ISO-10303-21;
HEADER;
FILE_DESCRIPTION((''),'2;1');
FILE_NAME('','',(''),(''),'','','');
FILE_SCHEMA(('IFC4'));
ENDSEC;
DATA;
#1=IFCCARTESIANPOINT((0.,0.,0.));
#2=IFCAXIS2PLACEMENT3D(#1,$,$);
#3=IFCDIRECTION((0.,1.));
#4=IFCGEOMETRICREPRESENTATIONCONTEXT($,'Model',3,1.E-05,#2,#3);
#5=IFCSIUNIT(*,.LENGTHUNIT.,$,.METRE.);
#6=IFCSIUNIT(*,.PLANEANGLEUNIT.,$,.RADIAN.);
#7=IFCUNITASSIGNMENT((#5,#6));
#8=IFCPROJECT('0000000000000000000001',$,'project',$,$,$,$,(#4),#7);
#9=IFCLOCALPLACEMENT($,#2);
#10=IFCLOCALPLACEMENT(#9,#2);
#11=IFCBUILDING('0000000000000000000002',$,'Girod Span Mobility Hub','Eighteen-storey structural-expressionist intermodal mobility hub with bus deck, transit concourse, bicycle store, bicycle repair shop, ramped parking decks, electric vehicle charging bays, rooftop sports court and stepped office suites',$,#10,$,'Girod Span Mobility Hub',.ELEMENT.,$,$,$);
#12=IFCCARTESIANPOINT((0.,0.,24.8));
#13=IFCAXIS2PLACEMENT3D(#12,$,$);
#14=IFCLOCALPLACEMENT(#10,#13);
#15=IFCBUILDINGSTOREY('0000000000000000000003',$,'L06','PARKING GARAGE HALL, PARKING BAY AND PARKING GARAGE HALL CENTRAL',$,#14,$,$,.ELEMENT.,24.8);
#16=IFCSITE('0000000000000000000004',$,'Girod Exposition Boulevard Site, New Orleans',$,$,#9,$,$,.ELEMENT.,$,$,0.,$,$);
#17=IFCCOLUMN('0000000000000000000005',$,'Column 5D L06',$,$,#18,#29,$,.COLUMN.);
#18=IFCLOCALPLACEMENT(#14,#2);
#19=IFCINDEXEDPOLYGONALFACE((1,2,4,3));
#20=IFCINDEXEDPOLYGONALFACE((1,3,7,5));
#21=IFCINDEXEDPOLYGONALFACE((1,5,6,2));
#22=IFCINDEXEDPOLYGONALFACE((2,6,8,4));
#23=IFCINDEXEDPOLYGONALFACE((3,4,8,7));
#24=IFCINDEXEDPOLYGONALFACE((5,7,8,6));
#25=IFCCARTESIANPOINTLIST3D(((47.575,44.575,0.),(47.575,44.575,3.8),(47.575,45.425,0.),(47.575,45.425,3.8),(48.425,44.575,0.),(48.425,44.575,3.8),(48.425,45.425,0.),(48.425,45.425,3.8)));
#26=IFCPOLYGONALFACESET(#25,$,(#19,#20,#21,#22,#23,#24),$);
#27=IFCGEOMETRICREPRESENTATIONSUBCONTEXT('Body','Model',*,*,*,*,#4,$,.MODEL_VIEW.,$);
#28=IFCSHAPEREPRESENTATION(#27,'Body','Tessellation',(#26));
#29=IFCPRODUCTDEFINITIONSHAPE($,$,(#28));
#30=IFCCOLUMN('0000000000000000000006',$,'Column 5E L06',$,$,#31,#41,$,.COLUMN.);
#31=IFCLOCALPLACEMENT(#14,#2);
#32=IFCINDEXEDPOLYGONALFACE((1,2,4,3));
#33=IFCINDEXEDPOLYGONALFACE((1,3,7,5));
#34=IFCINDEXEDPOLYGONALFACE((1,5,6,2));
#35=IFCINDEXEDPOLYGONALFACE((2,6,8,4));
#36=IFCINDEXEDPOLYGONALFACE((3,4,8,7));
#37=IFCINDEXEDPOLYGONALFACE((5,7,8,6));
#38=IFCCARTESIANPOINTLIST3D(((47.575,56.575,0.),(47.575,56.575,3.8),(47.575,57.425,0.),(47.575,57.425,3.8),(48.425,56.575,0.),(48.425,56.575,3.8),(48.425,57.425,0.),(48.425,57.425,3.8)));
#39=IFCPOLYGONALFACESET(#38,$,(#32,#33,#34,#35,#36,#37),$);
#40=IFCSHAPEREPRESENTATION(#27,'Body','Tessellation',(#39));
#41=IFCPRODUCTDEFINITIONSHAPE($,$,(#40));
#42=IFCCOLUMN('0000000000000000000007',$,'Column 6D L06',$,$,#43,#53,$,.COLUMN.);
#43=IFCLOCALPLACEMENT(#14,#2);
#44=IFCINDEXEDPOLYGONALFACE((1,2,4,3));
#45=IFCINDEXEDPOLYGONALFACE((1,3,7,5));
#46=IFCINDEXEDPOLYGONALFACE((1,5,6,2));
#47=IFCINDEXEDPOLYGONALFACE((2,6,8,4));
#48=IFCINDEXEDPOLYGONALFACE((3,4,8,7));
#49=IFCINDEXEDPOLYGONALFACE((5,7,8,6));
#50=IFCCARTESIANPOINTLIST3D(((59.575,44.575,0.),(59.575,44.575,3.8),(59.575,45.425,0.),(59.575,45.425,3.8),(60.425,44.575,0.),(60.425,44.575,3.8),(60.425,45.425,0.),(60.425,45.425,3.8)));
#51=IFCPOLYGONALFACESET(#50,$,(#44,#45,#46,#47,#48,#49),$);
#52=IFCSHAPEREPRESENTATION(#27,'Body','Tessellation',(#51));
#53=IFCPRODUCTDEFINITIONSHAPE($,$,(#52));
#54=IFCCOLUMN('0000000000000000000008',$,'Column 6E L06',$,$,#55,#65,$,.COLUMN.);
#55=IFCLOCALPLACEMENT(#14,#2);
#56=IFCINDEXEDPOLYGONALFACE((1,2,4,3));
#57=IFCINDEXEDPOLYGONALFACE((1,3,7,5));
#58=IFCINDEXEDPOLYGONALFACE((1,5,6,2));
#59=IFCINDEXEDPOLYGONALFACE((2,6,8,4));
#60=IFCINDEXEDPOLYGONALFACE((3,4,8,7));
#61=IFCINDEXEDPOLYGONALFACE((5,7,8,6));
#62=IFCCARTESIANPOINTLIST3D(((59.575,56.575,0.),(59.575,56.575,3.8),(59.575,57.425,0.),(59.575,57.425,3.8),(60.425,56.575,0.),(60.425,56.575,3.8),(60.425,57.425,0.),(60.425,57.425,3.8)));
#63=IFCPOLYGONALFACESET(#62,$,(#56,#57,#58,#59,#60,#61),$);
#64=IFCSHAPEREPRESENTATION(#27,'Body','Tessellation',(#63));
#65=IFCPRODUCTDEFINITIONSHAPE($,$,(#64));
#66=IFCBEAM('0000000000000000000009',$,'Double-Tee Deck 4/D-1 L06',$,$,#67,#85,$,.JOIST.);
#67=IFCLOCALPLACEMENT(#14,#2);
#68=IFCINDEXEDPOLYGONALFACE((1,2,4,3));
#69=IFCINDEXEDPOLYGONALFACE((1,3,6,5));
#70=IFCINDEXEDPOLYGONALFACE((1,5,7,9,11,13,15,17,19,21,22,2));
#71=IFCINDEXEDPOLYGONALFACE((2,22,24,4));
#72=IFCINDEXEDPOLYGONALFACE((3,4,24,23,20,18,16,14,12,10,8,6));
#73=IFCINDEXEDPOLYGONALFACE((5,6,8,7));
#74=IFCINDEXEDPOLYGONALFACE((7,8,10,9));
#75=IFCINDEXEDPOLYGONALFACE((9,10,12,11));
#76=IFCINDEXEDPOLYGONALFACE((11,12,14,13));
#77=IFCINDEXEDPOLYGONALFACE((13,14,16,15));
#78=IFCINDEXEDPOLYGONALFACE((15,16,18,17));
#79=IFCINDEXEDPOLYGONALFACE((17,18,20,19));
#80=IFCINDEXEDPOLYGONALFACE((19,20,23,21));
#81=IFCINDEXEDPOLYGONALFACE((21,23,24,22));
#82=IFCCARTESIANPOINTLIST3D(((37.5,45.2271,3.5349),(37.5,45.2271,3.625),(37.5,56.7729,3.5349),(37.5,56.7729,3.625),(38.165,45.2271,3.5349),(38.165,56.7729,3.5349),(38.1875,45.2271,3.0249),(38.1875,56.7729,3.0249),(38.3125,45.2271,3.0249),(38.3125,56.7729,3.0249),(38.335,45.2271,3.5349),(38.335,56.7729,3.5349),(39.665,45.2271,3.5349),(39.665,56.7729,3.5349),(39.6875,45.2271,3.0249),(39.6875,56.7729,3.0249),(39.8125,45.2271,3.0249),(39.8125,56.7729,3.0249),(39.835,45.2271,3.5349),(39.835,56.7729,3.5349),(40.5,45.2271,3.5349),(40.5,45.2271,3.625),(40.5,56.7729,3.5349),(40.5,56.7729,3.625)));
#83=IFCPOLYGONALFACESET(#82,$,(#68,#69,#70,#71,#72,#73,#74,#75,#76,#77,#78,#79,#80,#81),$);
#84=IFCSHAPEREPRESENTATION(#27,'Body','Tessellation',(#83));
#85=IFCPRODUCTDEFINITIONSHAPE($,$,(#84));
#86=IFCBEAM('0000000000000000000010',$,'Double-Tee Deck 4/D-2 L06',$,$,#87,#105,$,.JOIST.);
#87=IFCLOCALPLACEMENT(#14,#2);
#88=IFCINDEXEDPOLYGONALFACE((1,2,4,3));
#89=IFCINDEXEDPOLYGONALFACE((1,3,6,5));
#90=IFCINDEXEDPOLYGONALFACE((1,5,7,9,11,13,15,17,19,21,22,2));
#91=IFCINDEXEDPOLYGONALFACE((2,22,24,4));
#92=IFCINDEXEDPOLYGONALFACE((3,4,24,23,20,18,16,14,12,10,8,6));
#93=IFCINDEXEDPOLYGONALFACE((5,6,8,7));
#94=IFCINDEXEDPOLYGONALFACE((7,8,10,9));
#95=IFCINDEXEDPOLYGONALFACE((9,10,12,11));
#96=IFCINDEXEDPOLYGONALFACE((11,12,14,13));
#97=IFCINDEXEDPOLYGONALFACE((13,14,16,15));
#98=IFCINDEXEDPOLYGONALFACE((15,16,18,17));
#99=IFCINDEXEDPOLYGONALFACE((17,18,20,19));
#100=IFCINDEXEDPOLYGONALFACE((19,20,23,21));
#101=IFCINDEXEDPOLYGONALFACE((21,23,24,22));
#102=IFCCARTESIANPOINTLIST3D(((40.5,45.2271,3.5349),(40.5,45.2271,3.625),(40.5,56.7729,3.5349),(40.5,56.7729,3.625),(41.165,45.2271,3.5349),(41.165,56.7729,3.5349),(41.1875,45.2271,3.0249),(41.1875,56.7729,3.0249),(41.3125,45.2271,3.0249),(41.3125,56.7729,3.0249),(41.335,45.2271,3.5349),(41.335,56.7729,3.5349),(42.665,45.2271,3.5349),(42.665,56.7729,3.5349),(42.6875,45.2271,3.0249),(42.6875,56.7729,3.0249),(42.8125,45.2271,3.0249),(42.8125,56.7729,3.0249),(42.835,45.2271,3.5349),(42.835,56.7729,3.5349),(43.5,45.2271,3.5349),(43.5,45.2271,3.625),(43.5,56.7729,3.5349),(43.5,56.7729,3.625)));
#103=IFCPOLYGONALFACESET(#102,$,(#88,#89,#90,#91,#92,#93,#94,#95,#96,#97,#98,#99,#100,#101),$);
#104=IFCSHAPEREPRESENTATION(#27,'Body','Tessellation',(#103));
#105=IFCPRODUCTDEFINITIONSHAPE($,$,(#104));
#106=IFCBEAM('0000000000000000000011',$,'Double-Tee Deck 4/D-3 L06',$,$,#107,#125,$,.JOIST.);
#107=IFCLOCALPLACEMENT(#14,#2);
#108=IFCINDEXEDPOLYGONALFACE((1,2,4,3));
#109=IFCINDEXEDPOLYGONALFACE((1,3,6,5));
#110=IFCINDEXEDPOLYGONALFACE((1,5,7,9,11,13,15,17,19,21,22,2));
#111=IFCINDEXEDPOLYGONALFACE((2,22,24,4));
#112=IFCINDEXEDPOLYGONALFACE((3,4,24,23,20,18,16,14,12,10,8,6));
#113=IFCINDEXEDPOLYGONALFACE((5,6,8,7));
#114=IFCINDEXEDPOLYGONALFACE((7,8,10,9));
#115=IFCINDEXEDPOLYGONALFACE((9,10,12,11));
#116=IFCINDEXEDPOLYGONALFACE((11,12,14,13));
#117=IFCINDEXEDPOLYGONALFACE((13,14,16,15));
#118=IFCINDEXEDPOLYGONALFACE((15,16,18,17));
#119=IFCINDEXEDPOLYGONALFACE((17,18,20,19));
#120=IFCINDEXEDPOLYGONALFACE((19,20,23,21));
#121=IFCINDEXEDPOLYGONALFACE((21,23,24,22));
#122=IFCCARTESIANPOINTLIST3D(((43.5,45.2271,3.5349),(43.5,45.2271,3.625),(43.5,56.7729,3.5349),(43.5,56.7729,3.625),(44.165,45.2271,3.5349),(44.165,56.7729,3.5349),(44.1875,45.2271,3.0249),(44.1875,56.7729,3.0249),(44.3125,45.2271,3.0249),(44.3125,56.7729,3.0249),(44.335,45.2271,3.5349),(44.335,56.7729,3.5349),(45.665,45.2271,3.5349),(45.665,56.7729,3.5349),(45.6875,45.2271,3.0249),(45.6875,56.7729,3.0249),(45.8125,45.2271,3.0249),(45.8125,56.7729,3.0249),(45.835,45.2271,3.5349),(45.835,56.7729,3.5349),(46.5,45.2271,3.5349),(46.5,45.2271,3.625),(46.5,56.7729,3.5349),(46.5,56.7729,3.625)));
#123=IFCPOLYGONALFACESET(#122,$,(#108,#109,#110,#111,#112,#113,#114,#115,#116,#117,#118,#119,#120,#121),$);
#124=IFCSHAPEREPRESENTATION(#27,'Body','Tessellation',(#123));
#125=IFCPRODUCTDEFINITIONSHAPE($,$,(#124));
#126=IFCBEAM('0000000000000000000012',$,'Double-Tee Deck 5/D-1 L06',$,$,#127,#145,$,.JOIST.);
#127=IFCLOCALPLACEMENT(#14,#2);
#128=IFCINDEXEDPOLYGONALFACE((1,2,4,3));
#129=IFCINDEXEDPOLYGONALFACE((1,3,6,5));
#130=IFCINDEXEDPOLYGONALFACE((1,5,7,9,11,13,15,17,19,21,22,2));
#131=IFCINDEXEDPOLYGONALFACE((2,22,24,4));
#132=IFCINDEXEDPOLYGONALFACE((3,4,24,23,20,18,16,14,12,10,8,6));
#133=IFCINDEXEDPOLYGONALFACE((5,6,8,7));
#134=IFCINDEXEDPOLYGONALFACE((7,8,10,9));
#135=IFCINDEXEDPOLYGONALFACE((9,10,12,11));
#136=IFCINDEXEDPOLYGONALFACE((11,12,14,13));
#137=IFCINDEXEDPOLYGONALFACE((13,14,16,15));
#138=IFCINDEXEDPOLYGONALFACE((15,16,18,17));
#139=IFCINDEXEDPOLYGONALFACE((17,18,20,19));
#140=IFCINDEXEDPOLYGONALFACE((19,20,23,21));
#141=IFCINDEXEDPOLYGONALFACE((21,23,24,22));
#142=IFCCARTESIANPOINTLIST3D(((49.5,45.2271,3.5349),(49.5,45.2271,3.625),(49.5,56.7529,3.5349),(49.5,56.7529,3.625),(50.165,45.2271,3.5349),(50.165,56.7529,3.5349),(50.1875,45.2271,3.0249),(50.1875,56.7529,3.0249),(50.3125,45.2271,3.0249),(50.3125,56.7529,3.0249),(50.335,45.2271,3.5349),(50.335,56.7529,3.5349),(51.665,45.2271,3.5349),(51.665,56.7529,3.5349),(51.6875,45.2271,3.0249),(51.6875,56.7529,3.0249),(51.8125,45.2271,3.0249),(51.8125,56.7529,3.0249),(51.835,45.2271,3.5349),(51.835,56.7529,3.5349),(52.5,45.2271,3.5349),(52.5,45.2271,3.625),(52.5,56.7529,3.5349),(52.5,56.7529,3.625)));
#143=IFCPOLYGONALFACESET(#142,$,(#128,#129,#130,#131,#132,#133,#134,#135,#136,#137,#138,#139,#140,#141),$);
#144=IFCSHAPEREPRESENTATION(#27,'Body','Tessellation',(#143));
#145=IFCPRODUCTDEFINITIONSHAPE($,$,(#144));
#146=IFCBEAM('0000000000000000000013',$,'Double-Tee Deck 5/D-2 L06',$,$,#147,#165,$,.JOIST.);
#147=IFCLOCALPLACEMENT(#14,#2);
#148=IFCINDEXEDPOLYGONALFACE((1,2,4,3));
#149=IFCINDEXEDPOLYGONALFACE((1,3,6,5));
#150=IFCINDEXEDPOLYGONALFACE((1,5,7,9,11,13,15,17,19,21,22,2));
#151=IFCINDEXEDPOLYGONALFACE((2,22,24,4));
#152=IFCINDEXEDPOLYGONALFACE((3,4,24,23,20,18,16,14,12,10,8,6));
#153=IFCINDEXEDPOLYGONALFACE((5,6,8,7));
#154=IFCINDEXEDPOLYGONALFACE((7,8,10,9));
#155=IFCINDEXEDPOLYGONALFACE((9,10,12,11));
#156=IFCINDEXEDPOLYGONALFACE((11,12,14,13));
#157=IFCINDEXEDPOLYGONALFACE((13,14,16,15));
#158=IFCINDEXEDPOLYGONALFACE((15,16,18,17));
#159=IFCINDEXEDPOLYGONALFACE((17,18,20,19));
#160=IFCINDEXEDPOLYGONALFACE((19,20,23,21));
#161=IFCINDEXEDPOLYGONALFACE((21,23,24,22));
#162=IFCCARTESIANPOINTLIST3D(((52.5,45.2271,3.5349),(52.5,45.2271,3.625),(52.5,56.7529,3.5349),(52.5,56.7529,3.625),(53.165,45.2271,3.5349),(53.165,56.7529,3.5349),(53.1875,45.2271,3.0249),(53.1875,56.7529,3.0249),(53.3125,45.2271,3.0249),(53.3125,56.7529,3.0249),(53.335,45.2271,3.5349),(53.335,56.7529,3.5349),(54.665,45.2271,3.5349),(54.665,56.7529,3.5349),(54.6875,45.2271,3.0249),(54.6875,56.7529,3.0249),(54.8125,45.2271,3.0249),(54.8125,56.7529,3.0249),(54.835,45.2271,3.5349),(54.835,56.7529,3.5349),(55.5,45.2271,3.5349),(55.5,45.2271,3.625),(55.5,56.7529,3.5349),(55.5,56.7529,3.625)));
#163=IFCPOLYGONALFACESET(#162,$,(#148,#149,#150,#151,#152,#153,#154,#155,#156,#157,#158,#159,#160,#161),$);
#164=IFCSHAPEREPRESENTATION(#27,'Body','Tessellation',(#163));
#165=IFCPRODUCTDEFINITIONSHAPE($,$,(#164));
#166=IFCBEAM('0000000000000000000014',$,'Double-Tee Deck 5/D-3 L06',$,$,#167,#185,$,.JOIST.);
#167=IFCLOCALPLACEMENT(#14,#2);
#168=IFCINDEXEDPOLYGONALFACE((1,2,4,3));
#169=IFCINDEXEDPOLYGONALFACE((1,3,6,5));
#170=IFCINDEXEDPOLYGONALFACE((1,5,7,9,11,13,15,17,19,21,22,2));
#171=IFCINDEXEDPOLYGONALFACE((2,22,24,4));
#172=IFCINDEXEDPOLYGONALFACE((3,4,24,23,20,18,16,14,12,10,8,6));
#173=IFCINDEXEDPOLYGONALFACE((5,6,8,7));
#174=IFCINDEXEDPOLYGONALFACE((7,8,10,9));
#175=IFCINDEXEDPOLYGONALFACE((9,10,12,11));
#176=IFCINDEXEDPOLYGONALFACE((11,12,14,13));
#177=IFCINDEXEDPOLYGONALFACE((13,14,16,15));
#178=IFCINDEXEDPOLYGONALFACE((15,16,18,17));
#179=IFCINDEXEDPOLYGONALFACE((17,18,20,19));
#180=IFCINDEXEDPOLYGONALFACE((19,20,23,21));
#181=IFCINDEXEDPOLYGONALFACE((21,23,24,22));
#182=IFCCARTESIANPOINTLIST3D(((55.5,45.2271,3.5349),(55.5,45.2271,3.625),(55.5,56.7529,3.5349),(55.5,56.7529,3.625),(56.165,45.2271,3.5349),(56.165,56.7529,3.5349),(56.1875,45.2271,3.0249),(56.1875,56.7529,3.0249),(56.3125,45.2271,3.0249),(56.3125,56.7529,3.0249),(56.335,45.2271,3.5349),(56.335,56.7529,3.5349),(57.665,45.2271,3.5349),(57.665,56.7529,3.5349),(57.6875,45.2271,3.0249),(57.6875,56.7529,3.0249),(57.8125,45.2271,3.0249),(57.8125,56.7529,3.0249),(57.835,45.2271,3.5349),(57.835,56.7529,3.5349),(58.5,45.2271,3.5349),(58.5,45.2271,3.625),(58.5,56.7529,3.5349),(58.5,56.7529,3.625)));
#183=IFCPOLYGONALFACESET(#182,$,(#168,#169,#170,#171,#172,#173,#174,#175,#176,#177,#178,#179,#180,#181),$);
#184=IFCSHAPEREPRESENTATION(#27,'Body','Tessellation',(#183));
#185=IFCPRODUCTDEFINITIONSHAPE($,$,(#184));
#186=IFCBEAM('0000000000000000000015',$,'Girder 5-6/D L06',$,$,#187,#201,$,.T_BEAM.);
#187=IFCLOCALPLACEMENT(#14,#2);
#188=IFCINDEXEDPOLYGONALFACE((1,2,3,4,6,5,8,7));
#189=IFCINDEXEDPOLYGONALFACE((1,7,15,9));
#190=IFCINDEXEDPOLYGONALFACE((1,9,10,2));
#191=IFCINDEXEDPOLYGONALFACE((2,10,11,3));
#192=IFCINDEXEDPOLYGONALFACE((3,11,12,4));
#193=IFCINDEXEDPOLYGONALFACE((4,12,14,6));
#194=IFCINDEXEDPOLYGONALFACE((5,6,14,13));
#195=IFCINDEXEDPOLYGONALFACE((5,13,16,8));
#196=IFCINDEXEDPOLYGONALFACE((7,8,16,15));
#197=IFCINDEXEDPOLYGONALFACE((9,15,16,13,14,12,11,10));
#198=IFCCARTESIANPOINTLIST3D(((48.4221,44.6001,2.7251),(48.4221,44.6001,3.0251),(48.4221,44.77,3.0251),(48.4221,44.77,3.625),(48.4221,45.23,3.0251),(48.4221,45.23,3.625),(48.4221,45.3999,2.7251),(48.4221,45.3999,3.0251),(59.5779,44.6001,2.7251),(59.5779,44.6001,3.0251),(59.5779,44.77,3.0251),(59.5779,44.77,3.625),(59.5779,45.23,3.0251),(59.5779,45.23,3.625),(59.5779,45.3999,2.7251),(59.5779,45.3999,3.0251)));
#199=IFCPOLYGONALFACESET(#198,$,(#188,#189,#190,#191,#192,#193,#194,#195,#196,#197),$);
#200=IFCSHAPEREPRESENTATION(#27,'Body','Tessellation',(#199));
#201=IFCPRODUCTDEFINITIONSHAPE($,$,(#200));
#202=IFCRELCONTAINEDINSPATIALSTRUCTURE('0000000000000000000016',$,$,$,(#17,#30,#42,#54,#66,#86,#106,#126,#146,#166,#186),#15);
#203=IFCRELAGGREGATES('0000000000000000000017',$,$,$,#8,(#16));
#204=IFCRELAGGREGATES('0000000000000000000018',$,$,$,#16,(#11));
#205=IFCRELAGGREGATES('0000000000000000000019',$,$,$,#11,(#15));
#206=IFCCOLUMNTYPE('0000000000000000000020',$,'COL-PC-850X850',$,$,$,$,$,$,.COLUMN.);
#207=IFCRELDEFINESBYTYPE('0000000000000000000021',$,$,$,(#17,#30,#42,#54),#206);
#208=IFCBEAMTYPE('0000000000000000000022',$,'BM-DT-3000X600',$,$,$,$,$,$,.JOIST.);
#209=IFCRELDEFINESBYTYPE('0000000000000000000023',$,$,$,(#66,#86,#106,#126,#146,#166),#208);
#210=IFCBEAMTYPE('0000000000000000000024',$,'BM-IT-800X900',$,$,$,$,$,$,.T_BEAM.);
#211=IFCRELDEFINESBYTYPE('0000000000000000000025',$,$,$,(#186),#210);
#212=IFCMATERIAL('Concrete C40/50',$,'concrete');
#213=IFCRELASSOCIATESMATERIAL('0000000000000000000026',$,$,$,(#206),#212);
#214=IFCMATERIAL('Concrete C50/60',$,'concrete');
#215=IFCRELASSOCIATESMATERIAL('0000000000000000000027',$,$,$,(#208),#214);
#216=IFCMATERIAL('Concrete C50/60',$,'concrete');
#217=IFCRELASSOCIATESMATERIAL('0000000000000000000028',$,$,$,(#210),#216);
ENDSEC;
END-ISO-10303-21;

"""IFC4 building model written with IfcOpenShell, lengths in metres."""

from ifc_helpers import new_model, si_unit, direction, frame, origin, origin_2d, place, context, subcontext, project, spatial, polyline, rectangle, outline, extrude, material, material_profile, profile_set, type_object, element, save


model = new_model("IFC4")

# Units and contexts
model_context = context("Model", 3, precision=1e-05, world=origin(), true_north=direction((0.0, 1.0)))
body_context = subcontext(model_context, "Body", "Model", "MODEL_VIEW")
ifc_project = project(units=[si_unit("LENGTHUNIT", "METRE"), si_unit("PLANEANGLEUNIT", "RADIAN")], contexts=[model_context])

# Site, building, storey
site_placement = place(None, origin())
site = spatial("IfcSite", under=ifc_project, at=site_placement, Name="Girod Exposition Boulevard Site, New Orleans", CompositionType="ELEMENT", RefElevation=0.0)
building_placement = place(site_placement, origin())
building = spatial("IfcBuilding", under=site, at=building_placement, Name="Girod Span Mobility Hub", Description="Eighteen-storey structural-expressionist intermodal mobility hub with bus deck, transit concourse, bicycle store, bicycle repair shop, ramped parking decks, electric vehicle charging bays, rooftop sports court and stepped office suites", LongName="Girod Span Mobility Hub", CompositionType="ELEMENT")
storey_placement = place(building_placement, frame((0.0, 0.0, 24.8)))
storey = spatial("IfcBuildingStorey", under=building, at=storey_placement, Name="L06", Description="PARKING GARAGE HALL, PARKING BAY AND PARKING GARAGE HALL CENTRAL", CompositionType="ELEMENT", Elevation=24.8)

# Columns
ifc_material_1 = material(Name="Concrete C40/50", Category="concrete")
ifc_material_profile_1 = material_profile(ifc_material_1, rectangle(XDim=0.8501, YDim=0.8501, at=origin_2d()), Name="PC-COL-850X850")
ifc_profile_set_1 = profile_set([ifc_material_profile_1], Name="Concrete C40/50")
column_type = type_object("IfcColumnType", Name="COL-PC-850X850", PredefinedType="COLUMN", material=ifc_profile_set_1)
for number, where, z_axis, x_axis, name in (
    (1, (48.0, 45.0, 0.0), (0.0, 0.0, 1.0), (1.0, 0.0, 0.0), "Column 5D L06"),
    (2, (48.0, 57.0, 0.0), (0.0, 0.0, 1.0), (1.0, 0.0, 0.0), "Column 5E L06"),
    (3, (60.0, 45.0, 0.0), (0.0, 0.0, 1.0), (1.0, 0.0, 0.0), "Column 6D L06"),
    (4, (60.0, 57.0, 0.0), (0.0, 0.0, 1.0), (1.0, 0.0, 0.0), "Column 6E L06"),
):
    element("IfcColumn", number, at=place(storey_placement, frame(where, z_axis=z_axis, x_axis=x_axis)), inside=storey, type_object=column_type, Name=name, PredefinedType="COLUMN", context=body_context, shape_type="SweptSolid", body=[
        extrude(rectangle(XDim=0.8501, YDim=0.8501, at=origin_2d()), origin(), (0.0, 0.0, 1.0), 3.8),
    ])

# Beams
ifc_material_2 = material(Name="Concrete C50/60", Category="concrete")
ifc_material_profile_2 = material_profile(ifc_material_2, outline(polyline([(-1.5, 0.3), (-1.5, 0.21), (-0.835, 0.21), (-0.8125, -0.3), (-0.6875, -0.3), (-0.665, 0.21), (0.665, 0.21), (0.6875, -0.3), (0.8125, -0.3), (0.835, 0.21), (1.5, 0.21), (1.5, 0.3), (-1.5, 0.3)])), Name="DT-3000X600")
ifc_profile_set_2 = profile_set([ifc_material_profile_2], Name="Concrete C50/60")
beam_type_1 = type_object("IfcBeamType", Name="BM-DT-3000X600", PredefinedType="JOIST", material=ifc_profile_set_2)
for number, where, z_axis, x_axis, name in (
    (5, (39.0, 45.2271, 3.325), (0.0, 1.0, 0.0), (-1.0, 0.0, 0.0), "Double-Tee Deck 4/D-1 L06"),
    (6, (42.0, 45.2271, 3.325), (0.0, 1.0, 0.0), (-1.0, 0.0, 0.0), "Double-Tee Deck 4/D-2 L06"),
    (7, (45.0, 45.2271, 3.325), (0.0, 1.0, 0.0), (-1.0, 0.0, 0.0), "Double-Tee Deck 4/D-3 L06"),
):
    element("IfcBeam", number, at=place(storey_placement, frame(where, z_axis=z_axis, x_axis=x_axis)), inside=storey, type_object=beam_type_1, Name=name, PredefinedType="JOIST", context=body_context, shape_type="SweptSolid", body=[
        extrude(outline(polyline([(-1.5, 0.3), (-1.5, 0.21), (-0.835, 0.21), (-0.8125, -0.3), (-0.6875, -0.3), (-0.665, 0.21), (0.665, 0.21), (0.6875, -0.3), (0.8125, -0.3), (0.835, 0.21), (1.5, 0.21), (1.5, 0.3), (-1.5, 0.3)])), origin(), (0.0, 0.0, 1.0), 11.5459),
    ])
for number, where, z_axis, x_axis, name in (
    (8, (51.0, 45.2271, 3.325), (0.0, 1.0, 0.0), (-1.0, 0.0, 0.0), "Double-Tee Deck 5/D-1 L06"),
    (9, (54.0, 45.2271, 3.325), (0.0, 1.0, 0.0), (-1.0, 0.0, 0.0), "Double-Tee Deck 5/D-2 L06"),
    (10, (57.0, 45.2271, 3.325), (0.0, 1.0, 0.0), (-1.0, 0.0, 0.0), "Double-Tee Deck 5/D-3 L06"),
):
    element("IfcBeam", number, at=place(storey_placement, frame(where, z_axis=z_axis, x_axis=x_axis)), inside=storey, type_object=beam_type_1, Name=name, PredefinedType="JOIST", context=body_context, shape_type="SweptSolid", body=[
        extrude(outline(polyline([(-1.5, 0.3), (-1.5, 0.21), (-0.835, 0.21), (-0.8125, -0.3), (-0.6875, -0.3), (-0.665, 0.21), (0.665, 0.21), (0.6875, -0.3), (0.8125, -0.3), (0.835, 0.21), (1.5, 0.21), (1.5, 0.3), (-1.5, 0.3)])), origin(), (0.0, 0.0, 1.0), 11.5259),
    ])
ifc_material_3 = material(Name="Concrete C50/60", Category="concrete")
ifc_material_profile_3 = material_profile(ifc_material_3, outline(polyline([(-0.3999, -0.45), (0.3999, -0.45), (0.3999, -0.1499), (0.23, -0.1499), (0.23, 0.45), (-0.23, 0.45), (-0.23, -0.1499), (-0.3999, -0.1499), (-0.3999, -0.45)])), Name="IT-800X900")
ifc_profile_set_3 = profile_set([ifc_material_profile_3], Name="Concrete C50/60")
beam_type_2 = type_object("IfcBeamType", Name="BM-IT-800X900", PredefinedType="T_BEAM", material=ifc_profile_set_3)
beam_1_placement = place(storey_placement, frame((48.4221, 45.0, 3.175), z_axis=(1.0, 0.0, 0.0), x_axis=(0.0, 1.0, 0.0)))
element("IfcBeam", 11, at=beam_1_placement, inside=storey, type_object=beam_type_2, Name="Girder 5-6/D L06", PredefinedType="T_BEAM", context=body_context, shape_type="SweptSolid", body=[
    extrude(outline(polyline([(-0.3999, -0.45), (0.3999, -0.45), (0.3999, -0.1499), (0.23, -0.1499), (0.23, 0.45), (-0.23, 0.45), (-0.23, -0.1499), (-0.3999, -0.1499), (-0.3999, -0.45)])), origin(), (0.0, 0.0, 1.0), 11.1558),
])

save(model, "model.ifc")
